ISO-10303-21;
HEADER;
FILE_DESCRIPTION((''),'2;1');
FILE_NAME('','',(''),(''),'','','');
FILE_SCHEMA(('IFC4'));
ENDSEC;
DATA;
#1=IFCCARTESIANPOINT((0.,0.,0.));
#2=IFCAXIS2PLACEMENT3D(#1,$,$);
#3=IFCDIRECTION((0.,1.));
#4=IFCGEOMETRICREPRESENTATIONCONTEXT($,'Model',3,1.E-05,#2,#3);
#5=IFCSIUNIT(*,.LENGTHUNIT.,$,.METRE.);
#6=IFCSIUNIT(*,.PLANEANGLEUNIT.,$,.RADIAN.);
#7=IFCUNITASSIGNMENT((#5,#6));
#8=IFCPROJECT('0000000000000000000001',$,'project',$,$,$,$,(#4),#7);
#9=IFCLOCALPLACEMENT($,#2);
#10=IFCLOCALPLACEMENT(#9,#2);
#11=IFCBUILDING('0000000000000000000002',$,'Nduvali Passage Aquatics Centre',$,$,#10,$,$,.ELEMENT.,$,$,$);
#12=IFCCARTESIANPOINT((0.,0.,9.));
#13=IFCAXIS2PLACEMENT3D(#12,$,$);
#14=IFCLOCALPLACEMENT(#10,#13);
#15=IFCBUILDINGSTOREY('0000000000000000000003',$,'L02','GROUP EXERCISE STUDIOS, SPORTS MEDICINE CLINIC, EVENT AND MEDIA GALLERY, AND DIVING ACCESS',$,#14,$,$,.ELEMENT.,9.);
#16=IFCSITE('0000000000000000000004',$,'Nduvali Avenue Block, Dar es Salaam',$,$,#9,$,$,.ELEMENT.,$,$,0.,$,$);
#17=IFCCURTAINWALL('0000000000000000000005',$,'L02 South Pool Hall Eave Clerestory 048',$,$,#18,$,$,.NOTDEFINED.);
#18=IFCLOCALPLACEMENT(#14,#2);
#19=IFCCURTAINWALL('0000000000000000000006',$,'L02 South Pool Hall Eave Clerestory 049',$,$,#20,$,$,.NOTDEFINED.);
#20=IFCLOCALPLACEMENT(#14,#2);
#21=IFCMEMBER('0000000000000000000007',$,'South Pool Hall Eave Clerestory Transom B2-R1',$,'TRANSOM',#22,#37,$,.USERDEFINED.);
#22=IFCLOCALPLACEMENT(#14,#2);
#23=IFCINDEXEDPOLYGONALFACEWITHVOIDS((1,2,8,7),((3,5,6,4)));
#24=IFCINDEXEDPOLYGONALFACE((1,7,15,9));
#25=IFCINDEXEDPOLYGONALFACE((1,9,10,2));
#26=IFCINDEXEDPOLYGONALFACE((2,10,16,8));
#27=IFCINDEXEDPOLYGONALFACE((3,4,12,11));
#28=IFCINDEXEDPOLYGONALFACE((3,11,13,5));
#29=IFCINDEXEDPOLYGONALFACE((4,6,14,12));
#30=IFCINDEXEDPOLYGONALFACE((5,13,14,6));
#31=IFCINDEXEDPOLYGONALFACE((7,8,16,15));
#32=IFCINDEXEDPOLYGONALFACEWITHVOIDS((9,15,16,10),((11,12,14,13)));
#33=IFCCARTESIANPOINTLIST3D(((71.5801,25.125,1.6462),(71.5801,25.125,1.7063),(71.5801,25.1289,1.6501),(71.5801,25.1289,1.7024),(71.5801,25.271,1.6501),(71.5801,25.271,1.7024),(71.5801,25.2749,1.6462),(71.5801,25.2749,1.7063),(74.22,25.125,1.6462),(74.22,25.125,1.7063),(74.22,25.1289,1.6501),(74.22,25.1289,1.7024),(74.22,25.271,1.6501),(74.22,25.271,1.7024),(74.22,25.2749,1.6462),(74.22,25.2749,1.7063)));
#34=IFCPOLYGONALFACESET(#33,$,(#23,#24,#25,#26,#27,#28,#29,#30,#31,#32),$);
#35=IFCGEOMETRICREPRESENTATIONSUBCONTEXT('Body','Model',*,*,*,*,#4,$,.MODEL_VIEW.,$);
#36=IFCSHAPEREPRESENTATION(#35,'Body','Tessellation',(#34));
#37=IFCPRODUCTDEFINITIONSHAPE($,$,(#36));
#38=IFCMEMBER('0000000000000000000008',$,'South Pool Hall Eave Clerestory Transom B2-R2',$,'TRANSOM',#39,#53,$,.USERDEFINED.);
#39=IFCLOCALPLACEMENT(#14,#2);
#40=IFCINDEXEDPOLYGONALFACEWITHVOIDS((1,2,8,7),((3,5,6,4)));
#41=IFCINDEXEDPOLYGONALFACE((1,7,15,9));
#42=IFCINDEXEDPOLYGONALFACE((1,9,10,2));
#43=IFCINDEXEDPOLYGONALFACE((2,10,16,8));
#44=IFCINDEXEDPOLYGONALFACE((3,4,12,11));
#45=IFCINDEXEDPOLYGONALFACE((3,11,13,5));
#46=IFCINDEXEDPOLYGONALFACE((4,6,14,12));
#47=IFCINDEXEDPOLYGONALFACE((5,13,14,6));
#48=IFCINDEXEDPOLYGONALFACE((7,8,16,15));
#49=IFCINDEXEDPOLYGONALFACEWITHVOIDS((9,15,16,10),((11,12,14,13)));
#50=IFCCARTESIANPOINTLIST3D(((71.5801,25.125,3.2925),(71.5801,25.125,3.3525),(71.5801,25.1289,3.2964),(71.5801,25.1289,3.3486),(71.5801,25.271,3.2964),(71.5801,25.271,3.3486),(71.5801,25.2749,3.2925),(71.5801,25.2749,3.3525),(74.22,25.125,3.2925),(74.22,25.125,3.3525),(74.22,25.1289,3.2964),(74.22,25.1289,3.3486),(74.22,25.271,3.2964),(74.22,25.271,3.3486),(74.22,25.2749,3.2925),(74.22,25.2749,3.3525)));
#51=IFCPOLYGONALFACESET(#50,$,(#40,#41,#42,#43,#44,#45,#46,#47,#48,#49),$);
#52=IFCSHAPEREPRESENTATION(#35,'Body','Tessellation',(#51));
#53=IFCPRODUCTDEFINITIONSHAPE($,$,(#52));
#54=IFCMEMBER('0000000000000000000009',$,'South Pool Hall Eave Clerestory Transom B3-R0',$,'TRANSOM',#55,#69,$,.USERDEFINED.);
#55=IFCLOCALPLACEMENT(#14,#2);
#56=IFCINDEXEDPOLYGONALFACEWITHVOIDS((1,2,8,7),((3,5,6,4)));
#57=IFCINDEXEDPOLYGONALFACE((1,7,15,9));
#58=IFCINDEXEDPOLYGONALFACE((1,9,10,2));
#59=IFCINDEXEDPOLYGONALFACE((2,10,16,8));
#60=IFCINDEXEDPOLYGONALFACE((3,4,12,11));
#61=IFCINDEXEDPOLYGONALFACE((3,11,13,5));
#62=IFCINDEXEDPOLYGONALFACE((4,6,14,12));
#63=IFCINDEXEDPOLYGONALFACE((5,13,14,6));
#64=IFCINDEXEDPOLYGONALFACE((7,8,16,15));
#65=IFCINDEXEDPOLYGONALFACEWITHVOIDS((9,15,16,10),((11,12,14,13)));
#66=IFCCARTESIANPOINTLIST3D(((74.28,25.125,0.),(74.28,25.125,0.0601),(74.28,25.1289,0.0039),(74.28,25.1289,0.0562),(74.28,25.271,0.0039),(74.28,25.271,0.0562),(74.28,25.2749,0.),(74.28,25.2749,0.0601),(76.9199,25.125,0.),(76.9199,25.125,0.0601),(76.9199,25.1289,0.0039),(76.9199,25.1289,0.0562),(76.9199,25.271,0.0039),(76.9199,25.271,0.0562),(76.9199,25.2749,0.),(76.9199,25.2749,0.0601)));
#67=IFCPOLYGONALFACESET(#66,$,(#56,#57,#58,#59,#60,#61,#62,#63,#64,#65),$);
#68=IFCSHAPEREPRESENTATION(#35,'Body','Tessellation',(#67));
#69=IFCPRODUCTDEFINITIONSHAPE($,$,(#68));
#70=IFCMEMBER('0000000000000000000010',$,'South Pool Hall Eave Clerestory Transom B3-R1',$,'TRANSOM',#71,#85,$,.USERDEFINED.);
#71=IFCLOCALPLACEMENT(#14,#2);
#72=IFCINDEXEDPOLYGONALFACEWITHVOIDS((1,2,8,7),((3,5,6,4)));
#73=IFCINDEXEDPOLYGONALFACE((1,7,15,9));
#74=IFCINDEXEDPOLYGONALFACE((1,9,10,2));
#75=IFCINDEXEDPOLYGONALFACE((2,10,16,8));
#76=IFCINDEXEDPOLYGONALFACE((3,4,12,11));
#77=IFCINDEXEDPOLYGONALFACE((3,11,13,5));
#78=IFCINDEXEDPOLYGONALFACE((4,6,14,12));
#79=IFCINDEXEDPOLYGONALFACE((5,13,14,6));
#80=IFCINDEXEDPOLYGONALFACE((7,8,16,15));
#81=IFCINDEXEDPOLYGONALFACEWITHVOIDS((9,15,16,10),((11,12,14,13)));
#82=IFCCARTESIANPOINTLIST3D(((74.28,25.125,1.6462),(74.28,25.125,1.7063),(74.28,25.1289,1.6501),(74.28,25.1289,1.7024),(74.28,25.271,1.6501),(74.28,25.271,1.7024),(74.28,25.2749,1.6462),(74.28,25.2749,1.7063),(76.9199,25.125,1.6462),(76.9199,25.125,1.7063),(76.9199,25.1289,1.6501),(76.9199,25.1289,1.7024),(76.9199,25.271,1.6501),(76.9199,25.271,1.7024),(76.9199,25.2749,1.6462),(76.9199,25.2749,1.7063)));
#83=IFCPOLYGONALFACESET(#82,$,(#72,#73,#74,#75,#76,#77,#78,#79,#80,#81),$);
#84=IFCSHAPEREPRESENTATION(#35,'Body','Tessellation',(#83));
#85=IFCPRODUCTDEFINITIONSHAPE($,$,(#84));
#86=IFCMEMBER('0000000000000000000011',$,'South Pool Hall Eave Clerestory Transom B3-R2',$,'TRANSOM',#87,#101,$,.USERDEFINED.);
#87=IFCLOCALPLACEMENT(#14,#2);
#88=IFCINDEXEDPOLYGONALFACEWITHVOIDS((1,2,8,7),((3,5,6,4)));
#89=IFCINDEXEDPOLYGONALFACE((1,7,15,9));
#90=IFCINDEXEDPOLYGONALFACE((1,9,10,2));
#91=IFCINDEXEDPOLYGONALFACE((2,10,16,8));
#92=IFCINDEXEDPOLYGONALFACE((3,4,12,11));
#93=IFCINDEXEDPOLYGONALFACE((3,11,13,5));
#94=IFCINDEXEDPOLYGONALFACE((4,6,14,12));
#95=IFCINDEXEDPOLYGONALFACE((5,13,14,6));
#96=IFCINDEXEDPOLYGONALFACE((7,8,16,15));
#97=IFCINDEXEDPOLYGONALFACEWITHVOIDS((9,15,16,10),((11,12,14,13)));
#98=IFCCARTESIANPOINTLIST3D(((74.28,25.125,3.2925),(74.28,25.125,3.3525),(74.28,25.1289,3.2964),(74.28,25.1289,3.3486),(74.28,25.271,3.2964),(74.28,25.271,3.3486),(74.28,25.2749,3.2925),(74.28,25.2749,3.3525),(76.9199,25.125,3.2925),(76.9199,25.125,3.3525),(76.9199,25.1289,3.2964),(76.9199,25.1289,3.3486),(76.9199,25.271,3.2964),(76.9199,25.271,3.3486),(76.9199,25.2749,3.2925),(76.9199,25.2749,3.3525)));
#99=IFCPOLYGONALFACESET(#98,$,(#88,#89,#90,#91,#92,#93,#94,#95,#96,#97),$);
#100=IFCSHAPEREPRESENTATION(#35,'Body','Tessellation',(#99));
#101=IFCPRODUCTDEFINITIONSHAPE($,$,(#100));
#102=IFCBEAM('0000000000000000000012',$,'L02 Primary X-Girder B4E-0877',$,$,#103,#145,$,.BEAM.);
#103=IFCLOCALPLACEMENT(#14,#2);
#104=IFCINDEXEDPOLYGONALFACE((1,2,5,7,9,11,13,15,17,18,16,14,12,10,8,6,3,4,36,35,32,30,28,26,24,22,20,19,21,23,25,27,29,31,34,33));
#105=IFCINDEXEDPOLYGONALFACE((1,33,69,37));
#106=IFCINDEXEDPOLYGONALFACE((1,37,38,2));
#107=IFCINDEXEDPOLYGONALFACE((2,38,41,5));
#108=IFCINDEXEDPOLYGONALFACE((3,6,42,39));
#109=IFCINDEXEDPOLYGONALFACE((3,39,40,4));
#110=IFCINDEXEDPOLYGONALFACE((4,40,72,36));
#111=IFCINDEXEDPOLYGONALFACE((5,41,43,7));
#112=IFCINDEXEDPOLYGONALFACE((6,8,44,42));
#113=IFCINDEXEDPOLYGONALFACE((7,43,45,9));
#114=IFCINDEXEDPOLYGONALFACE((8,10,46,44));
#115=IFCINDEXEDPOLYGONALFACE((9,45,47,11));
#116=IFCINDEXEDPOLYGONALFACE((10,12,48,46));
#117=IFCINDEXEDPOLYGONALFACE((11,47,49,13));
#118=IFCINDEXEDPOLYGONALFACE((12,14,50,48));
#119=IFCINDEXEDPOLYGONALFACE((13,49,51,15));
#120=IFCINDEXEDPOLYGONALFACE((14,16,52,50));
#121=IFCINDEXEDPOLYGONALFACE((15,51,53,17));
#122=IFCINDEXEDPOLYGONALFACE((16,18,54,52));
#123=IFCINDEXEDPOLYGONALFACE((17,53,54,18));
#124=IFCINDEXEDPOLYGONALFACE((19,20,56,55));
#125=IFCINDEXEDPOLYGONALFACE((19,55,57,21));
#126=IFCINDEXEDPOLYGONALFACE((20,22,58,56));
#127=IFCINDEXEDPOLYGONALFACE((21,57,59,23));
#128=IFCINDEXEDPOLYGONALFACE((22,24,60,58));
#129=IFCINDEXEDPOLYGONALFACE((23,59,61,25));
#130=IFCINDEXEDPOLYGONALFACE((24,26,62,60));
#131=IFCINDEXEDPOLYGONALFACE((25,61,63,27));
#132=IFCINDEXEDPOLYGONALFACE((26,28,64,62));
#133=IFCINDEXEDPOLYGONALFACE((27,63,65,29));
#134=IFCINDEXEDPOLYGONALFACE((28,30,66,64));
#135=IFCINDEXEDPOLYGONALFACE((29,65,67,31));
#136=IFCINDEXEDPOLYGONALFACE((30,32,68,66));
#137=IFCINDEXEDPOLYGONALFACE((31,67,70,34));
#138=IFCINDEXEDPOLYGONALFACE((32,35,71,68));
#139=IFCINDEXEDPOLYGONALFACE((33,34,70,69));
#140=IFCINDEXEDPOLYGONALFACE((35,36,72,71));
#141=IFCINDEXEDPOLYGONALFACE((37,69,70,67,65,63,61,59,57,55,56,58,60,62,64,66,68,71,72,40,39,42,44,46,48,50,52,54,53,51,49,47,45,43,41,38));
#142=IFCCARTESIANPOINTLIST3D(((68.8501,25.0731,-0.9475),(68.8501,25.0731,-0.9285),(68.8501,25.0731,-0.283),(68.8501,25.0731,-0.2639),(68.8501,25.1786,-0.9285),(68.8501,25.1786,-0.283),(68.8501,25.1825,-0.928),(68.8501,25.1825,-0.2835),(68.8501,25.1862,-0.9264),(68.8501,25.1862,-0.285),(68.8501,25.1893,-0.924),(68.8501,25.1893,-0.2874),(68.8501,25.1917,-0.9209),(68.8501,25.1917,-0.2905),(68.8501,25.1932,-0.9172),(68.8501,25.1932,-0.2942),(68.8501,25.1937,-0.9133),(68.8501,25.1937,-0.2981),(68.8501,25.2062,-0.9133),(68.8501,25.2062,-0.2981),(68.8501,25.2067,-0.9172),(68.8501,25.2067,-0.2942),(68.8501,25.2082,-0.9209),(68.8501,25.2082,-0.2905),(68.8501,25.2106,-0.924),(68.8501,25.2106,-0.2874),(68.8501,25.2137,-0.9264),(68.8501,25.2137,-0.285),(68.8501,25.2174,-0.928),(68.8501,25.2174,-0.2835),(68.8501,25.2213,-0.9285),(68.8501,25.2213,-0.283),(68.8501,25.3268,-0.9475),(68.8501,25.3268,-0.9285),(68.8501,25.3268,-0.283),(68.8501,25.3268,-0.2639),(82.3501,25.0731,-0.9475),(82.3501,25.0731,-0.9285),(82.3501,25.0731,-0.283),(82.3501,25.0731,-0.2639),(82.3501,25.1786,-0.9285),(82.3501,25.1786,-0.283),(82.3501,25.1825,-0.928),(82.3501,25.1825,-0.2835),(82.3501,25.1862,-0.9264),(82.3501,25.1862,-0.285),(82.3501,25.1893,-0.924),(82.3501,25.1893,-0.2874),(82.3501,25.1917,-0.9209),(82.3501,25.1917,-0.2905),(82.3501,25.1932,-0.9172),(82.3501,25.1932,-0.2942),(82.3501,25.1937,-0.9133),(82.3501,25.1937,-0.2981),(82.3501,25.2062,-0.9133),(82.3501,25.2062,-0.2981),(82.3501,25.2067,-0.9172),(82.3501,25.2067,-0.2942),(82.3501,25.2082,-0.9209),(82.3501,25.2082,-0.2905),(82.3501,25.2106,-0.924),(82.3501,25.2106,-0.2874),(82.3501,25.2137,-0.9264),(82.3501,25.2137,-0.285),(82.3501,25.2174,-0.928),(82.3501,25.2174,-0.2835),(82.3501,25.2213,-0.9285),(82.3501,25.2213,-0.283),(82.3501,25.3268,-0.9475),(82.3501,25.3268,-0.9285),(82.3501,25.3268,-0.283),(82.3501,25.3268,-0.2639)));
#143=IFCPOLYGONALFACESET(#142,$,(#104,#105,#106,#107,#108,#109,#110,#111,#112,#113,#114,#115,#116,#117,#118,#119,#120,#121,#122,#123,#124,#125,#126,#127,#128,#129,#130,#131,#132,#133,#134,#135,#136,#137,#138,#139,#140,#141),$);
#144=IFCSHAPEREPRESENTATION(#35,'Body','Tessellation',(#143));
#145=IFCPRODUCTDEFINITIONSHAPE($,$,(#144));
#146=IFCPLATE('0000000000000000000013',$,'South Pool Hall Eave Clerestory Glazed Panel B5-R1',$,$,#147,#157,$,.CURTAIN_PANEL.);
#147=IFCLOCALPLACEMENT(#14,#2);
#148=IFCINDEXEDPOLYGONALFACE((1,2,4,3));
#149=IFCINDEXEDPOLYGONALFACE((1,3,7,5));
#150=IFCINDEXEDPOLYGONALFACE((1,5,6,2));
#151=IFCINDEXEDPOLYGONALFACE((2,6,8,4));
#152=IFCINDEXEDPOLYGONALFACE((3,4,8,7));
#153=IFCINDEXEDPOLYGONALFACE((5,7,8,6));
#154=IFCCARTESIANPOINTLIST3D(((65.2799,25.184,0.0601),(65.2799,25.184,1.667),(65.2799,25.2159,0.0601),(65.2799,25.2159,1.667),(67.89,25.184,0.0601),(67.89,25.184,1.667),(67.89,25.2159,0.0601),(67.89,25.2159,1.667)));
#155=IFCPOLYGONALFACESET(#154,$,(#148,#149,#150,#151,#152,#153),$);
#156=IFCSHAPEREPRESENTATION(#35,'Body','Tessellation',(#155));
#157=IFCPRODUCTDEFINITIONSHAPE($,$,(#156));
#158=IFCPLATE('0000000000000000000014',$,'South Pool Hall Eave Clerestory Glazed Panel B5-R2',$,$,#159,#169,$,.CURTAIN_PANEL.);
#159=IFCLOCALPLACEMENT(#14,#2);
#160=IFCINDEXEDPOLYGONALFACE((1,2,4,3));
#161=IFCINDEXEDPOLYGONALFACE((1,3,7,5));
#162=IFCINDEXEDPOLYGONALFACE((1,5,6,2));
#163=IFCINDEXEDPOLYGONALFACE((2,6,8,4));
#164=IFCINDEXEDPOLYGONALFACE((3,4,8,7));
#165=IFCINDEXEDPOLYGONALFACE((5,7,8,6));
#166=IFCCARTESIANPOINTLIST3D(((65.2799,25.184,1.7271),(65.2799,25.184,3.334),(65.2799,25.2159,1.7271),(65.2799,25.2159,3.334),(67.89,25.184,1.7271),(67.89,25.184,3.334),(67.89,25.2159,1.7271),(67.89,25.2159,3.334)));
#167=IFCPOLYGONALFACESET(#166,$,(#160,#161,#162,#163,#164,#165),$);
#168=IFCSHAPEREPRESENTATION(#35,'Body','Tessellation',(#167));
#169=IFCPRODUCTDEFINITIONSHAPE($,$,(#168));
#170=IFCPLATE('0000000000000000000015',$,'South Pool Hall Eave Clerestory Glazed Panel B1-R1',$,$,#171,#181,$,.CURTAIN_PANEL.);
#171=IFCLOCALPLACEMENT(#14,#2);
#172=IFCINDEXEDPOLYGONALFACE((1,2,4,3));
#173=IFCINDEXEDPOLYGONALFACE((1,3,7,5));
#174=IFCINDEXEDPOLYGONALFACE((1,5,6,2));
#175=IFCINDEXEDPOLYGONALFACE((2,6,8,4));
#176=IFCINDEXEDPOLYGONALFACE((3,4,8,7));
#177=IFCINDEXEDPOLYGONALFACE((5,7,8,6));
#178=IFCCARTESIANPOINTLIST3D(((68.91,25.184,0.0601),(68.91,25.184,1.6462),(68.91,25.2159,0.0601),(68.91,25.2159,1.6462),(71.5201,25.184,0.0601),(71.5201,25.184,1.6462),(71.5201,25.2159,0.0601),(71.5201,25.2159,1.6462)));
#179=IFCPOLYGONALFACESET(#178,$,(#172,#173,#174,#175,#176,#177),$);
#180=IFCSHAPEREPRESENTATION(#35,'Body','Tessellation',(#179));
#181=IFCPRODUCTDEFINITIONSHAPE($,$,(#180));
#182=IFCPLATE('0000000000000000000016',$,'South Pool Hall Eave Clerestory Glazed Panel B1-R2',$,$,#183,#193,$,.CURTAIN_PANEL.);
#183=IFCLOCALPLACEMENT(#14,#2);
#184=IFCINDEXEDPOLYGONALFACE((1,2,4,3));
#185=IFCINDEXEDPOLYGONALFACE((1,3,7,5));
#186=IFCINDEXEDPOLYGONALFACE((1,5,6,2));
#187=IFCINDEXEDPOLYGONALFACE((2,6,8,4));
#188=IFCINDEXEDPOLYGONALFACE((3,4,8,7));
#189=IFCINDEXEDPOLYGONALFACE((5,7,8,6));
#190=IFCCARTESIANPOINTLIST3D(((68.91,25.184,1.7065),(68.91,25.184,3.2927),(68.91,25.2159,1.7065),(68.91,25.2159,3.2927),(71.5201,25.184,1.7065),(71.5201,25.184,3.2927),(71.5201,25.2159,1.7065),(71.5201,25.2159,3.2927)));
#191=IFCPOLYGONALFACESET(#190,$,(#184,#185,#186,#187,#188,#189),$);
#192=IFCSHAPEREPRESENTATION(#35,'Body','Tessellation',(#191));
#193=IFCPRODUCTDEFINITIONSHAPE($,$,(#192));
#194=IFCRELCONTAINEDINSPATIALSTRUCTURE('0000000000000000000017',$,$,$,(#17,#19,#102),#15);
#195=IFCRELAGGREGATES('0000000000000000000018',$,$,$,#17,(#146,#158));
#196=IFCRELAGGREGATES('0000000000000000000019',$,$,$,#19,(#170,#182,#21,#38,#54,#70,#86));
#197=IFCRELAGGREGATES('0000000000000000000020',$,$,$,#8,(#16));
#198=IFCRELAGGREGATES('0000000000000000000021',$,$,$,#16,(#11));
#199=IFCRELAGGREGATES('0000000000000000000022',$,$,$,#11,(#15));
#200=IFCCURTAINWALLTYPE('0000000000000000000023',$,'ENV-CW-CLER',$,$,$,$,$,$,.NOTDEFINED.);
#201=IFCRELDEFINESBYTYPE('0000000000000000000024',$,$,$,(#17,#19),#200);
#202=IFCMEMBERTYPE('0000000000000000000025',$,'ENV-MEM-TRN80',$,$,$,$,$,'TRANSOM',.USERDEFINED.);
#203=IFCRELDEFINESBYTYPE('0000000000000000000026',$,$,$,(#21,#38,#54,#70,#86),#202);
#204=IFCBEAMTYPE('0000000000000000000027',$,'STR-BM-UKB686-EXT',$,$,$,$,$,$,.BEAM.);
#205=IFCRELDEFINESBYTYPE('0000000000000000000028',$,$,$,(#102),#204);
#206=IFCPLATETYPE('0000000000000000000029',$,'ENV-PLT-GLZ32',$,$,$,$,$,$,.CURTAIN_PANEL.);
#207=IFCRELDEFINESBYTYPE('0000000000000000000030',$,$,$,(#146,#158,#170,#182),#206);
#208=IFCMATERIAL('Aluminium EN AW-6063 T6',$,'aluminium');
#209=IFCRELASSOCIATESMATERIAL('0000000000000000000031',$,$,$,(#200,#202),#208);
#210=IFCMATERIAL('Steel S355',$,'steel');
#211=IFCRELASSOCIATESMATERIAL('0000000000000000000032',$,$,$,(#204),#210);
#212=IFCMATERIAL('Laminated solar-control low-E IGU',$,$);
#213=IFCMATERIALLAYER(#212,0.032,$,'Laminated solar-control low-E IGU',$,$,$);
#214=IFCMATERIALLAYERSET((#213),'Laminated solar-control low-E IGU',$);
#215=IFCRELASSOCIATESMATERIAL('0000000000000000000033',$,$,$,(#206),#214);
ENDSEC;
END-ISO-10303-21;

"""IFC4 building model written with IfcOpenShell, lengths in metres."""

from ifc_helpers import new_model, si_unit, direction, frame, origin, origin_2d, place, context, subcontext, project, spatial, rectangle, hollow_rectangle, i_section, extrude, material, layer, layer_set, material_profile, profile_set, type_object, element, aggregate, save


model = new_model("IFC4")

# Units and contexts
model_context = context("Model", 3, precision=1e-05, world=origin(), true_north=direction((0.0, 1.0)))
body_context = subcontext(model_context, "Body", "Model", "MODEL_VIEW")
ifc_project = project(units=[si_unit("LENGTHUNIT", "METRE"), si_unit("PLANEANGLEUNIT", "RADIAN")], contexts=[model_context])

# Site, building, storey
site_placement = place(None, origin())
site = spatial("IfcSite", under=ifc_project, at=site_placement, Name="Nduvali Avenue Block, Dar es Salaam", CompositionType="ELEMENT", RefElevation=0.0)
building_placement = place(site_placement, origin())
building = spatial("IfcBuilding", under=site, at=building_placement, Name="Nduvali Passage Aquatics Centre", CompositionType="ELEMENT")
storey_placement = place(building_placement, frame((0.0, 0.0, 9.0)))
storey = spatial("IfcBuildingStorey", under=building, at=storey_placement, Name="L02", Description="GROUP EXERCISE STUDIOS, SPORTS MEDICINE CLINIC, EVENT AND MEDIA GALLERY, AND DIVING ACCESS", CompositionType="ELEMENT", Elevation=9.0)

# Curtain wall
ifc_material_1 = material(Name="Aluminium EN AW-6063 T6", Category="aluminium")
curtain_wall_type = type_object("IfcCurtainWallType", Name="ENV-CW-CLER", PredefinedType="NOTDEFINED", material=ifc_material_1)
curtain_wall_1_placement = place(storey_placement, origin())
curtain_wall_1 = element("IfcCurtainWall", 1, at=curtain_wall_1_placement, inside=storey, type_object=curtain_wall_type, Name="L02 South Pool Hall Eave Clerestory 048", PredefinedType="NOTDEFINED")

# Curtain wall
curtain_wall_2_placement = place(storey_placement, origin())
curtain_wall_2 = element("IfcCurtainWall", 2, at=curtain_wall_2_placement, inside=storey, type_object=curtain_wall_type, Name="L02 South Pool Hall Eave Clerestory 049", PredefinedType="NOTDEFINED")

# Members
ifc_material_profile_1 = material_profile(ifc_material_1, hollow_rectangle(XDim=0.1499, YDim=0.0601, WallThickness=0.0039, at=origin_2d()), Name="ALU TRANSOM 150x60x4")
ifc_profile_set_1 = profile_set([ifc_material_profile_1], Name="Aluminium EN AW-6063 T6")
member_type_1 = type_object("IfcMemberType", Name="ENV-MEM-TRN80", ElementType="TRANSOM", PredefinedType="USERDEFINED", material=ifc_profile_set_1)
member_1_placement = place(storey_placement, frame((71.5801, 25.2, 1.6763), z_axis=(1.0, 0.0, 0.0), x_axis=(0.0, 1.0, 0.0)))
member_1 = element("IfcMember", 3, at=member_1_placement, type_object=member_type_1, Name="South Pool Hall Eave Clerestory Transom B2-R1", ObjectType="TRANSOM", PredefinedType="USERDEFINED", context=body_context, shape_type="SweptSolid", body=[
    extrude(hollow_rectangle(XDim=0.1499, YDim=0.0601, WallThickness=0.0039, at=origin_2d()), origin(), (0.0, 0.0, 1.0), 2.6399),
])
member_2_placement = place(storey_placement, frame((71.5801, 25.2, 3.3225), z_axis=(1.0, 0.0, 0.0), x_axis=(0.0, 1.0, 0.0)))
member_2 = element("IfcMember", 4, at=member_2_placement, type_object=member_type_1, Name="South Pool Hall Eave Clerestory Transom B2-R2", ObjectType="TRANSOM", PredefinedType="USERDEFINED", context=body_context, shape_type="SweptSolid", body=[
    extrude(hollow_rectangle(XDim=0.1499, YDim=0.0601, WallThickness=0.0039, at=origin_2d()), origin(), (0.0, 0.0, 1.0), 2.6399),
])
member_3_placement = place(storey_placement, frame((74.28, 25.2, 0.03), z_axis=(1.0, 0.0, 0.0), x_axis=(0.0, 1.0, 0.0)))
member_3 = element("IfcMember", 5, at=member_3_placement, type_object=member_type_1, Name="South Pool Hall Eave Clerestory Transom B3-R0", ObjectType="TRANSOM", PredefinedType="USERDEFINED", context=body_context, shape_type="SweptSolid", body=[
    extrude(hollow_rectangle(XDim=0.1499, YDim=0.0601, WallThickness=0.0039, at=origin_2d()), origin(), (0.0, 0.0, 1.0), 2.6399),
])
member_4_placement = place(storey_placement, frame((74.28, 25.2, 1.6763), z_axis=(1.0, 0.0, 0.0), x_axis=(0.0, 1.0, 0.0)))
member_4 = element("IfcMember", 6, at=member_4_placement, type_object=member_type_1, Name="South Pool Hall Eave Clerestory Transom B3-R1", ObjectType="TRANSOM", PredefinedType="USERDEFINED", context=body_context, shape_type="SweptSolid", body=[
    extrude(hollow_rectangle(XDim=0.1499, YDim=0.0601, WallThickness=0.0039, at=origin_2d()), origin(), (0.0, 0.0, 1.0), 2.6399),
])
member_5_placement = place(storey_placement, frame((74.28, 25.2, 3.3225), z_axis=(1.0, 0.0, 0.0), x_axis=(0.0, 1.0, 0.0)))
member_5 = element("IfcMember", 7, at=member_5_placement, type_object=member_type_1, Name="South Pool Hall Eave Clerestory Transom B3-R2", ObjectType="TRANSOM", PredefinedType="USERDEFINED", context=body_context, shape_type="SweptSolid", body=[
    extrude(hollow_rectangle(XDim=0.1499, YDim=0.0601, WallThickness=0.0039, at=origin_2d()), origin(), (0.0, 0.0, 1.0), 2.6399),
])

# Beam
ifc_material_2 = material(Name="Steel S355", Category="steel")
ifc_material_profile_2 = material_profile(ifc_material_2, i_section(OverallWidth=0.2537, OverallDepth=0.6836, WebThickness=0.0125, FlangeThickness=0.019, FilletRadius=0.0151, at=origin_2d()), Name="UKB 686x254x140")
ifc_profile_set_2 = profile_set([ifc_material_profile_2], Name="Steel S355")
beam_type = type_object("IfcBeamType", Name="STR-BM-UKB686-EXT", PredefinedType="BEAM", material=ifc_profile_set_2)
beam_placement = place(storey_placement, frame((68.8501, 25.2, -0.6057), z_axis=(1.0, 0.0, 0.0), x_axis=(0.0, 1.0, 0.0)))
element("IfcBeam", 8, at=beam_placement, inside=storey, type_object=beam_type, Name="L02 Primary X-Girder B4E-0877", PredefinedType="BEAM", context=body_context, shape_type="SweptSolid", body=[
    extrude(i_section(OverallWidth=0.2537, OverallDepth=0.6836, WebThickness=0.0125, FlangeThickness=0.019, FilletRadius=0.0151, at=origin_2d()), origin(), (0.0, 0.0, 1.0), 13.5),
])

# Plates
ifc_material_3 = material(Name="Laminated solar-control low-E IGU")
ifc_layer = layer(ifc_material_3, 0.032, Name="Laminated solar-control low-E IGU")
ifc_layer_set = layer_set([ifc_layer], Name="Laminated solar-control low-E IGU")
plate_type = type_object("IfcPlateType", Name="ENV-PLT-GLZ32", PredefinedType="CURTAIN_PANEL", material=ifc_layer_set)
plate_1_placement = place(storey_placement, frame((66.585, 25.2, 0.0601), z_axis=(0.0, 0.0, 1.0), x_axis=(1.0, 0.0, 0.0)))
plate_1 = element("IfcPlate", 9, at=plate_1_placement, type_object=plate_type, Name="South Pool Hall Eave Clerestory Glazed Panel B5-R1", PredefinedType="CURTAIN_PANEL", context=body_context, shape_type="SweptSolid", body=[
    extrude(rectangle(XDim=2.6101, YDim=0.032, at=origin_2d()), origin(), (0.0, 0.0, 1.0), 1.6069),
])
plate_2_placement = place(storey_placement, frame((66.585, 25.2, 1.7271), z_axis=(0.0, 0.0, 1.0), x_axis=(1.0, 0.0, 0.0)))
plate_2 = element("IfcPlate", 10, at=plate_2_placement, type_object=plate_type, Name="South Pool Hall Eave Clerestory Glazed Panel B5-R2", PredefinedType="CURTAIN_PANEL", context=body_context, shape_type="SweptSolid", body=[
    extrude(rectangle(XDim=2.6101, YDim=0.032, at=origin_2d()), origin(), (0.0, 0.0, 1.0), 1.6069),
])
aggregate(curtain_wall_1, [plate_1, plate_2])
plate_3_placement = place(storey_placement, frame((70.2151, 25.2, 0.0601), z_axis=(0.0, 0.0, 1.0), x_axis=(1.0, 0.0, 0.0)))
plate_3 = element("IfcPlate", 11, at=plate_3_placement, type_object=plate_type, Name="South Pool Hall Eave Clerestory Glazed Panel B1-R1", PredefinedType="CURTAIN_PANEL", context=body_context, shape_type="SweptSolid", body=[
    extrude(rectangle(XDim=2.6101, YDim=0.032, at=origin_2d()), origin(), (0.0, 0.0, 1.0), 1.5862),
])
plate_4_placement = place(storey_placement, frame((70.2151, 25.2, 1.7065), z_axis=(0.0, 0.0, 1.0), x_axis=(1.0, 0.0, 0.0)))
plate_4 = element("IfcPlate", 12, at=plate_4_placement, type_object=plate_type, Name="South Pool Hall Eave Clerestory Glazed Panel B1-R2", PredefinedType="CURTAIN_PANEL", context=body_context, shape_type="SweptSolid", body=[
    extrude(rectangle(XDim=2.6101, YDim=0.032, at=origin_2d()), origin(), (0.0, 0.0, 1.0), 1.5862),
])
aggregate(curtain_wall_2, [plate_3, plate_4, member_1, member_2, member_3, member_4, member_5])

save(model, "model.ifc")
